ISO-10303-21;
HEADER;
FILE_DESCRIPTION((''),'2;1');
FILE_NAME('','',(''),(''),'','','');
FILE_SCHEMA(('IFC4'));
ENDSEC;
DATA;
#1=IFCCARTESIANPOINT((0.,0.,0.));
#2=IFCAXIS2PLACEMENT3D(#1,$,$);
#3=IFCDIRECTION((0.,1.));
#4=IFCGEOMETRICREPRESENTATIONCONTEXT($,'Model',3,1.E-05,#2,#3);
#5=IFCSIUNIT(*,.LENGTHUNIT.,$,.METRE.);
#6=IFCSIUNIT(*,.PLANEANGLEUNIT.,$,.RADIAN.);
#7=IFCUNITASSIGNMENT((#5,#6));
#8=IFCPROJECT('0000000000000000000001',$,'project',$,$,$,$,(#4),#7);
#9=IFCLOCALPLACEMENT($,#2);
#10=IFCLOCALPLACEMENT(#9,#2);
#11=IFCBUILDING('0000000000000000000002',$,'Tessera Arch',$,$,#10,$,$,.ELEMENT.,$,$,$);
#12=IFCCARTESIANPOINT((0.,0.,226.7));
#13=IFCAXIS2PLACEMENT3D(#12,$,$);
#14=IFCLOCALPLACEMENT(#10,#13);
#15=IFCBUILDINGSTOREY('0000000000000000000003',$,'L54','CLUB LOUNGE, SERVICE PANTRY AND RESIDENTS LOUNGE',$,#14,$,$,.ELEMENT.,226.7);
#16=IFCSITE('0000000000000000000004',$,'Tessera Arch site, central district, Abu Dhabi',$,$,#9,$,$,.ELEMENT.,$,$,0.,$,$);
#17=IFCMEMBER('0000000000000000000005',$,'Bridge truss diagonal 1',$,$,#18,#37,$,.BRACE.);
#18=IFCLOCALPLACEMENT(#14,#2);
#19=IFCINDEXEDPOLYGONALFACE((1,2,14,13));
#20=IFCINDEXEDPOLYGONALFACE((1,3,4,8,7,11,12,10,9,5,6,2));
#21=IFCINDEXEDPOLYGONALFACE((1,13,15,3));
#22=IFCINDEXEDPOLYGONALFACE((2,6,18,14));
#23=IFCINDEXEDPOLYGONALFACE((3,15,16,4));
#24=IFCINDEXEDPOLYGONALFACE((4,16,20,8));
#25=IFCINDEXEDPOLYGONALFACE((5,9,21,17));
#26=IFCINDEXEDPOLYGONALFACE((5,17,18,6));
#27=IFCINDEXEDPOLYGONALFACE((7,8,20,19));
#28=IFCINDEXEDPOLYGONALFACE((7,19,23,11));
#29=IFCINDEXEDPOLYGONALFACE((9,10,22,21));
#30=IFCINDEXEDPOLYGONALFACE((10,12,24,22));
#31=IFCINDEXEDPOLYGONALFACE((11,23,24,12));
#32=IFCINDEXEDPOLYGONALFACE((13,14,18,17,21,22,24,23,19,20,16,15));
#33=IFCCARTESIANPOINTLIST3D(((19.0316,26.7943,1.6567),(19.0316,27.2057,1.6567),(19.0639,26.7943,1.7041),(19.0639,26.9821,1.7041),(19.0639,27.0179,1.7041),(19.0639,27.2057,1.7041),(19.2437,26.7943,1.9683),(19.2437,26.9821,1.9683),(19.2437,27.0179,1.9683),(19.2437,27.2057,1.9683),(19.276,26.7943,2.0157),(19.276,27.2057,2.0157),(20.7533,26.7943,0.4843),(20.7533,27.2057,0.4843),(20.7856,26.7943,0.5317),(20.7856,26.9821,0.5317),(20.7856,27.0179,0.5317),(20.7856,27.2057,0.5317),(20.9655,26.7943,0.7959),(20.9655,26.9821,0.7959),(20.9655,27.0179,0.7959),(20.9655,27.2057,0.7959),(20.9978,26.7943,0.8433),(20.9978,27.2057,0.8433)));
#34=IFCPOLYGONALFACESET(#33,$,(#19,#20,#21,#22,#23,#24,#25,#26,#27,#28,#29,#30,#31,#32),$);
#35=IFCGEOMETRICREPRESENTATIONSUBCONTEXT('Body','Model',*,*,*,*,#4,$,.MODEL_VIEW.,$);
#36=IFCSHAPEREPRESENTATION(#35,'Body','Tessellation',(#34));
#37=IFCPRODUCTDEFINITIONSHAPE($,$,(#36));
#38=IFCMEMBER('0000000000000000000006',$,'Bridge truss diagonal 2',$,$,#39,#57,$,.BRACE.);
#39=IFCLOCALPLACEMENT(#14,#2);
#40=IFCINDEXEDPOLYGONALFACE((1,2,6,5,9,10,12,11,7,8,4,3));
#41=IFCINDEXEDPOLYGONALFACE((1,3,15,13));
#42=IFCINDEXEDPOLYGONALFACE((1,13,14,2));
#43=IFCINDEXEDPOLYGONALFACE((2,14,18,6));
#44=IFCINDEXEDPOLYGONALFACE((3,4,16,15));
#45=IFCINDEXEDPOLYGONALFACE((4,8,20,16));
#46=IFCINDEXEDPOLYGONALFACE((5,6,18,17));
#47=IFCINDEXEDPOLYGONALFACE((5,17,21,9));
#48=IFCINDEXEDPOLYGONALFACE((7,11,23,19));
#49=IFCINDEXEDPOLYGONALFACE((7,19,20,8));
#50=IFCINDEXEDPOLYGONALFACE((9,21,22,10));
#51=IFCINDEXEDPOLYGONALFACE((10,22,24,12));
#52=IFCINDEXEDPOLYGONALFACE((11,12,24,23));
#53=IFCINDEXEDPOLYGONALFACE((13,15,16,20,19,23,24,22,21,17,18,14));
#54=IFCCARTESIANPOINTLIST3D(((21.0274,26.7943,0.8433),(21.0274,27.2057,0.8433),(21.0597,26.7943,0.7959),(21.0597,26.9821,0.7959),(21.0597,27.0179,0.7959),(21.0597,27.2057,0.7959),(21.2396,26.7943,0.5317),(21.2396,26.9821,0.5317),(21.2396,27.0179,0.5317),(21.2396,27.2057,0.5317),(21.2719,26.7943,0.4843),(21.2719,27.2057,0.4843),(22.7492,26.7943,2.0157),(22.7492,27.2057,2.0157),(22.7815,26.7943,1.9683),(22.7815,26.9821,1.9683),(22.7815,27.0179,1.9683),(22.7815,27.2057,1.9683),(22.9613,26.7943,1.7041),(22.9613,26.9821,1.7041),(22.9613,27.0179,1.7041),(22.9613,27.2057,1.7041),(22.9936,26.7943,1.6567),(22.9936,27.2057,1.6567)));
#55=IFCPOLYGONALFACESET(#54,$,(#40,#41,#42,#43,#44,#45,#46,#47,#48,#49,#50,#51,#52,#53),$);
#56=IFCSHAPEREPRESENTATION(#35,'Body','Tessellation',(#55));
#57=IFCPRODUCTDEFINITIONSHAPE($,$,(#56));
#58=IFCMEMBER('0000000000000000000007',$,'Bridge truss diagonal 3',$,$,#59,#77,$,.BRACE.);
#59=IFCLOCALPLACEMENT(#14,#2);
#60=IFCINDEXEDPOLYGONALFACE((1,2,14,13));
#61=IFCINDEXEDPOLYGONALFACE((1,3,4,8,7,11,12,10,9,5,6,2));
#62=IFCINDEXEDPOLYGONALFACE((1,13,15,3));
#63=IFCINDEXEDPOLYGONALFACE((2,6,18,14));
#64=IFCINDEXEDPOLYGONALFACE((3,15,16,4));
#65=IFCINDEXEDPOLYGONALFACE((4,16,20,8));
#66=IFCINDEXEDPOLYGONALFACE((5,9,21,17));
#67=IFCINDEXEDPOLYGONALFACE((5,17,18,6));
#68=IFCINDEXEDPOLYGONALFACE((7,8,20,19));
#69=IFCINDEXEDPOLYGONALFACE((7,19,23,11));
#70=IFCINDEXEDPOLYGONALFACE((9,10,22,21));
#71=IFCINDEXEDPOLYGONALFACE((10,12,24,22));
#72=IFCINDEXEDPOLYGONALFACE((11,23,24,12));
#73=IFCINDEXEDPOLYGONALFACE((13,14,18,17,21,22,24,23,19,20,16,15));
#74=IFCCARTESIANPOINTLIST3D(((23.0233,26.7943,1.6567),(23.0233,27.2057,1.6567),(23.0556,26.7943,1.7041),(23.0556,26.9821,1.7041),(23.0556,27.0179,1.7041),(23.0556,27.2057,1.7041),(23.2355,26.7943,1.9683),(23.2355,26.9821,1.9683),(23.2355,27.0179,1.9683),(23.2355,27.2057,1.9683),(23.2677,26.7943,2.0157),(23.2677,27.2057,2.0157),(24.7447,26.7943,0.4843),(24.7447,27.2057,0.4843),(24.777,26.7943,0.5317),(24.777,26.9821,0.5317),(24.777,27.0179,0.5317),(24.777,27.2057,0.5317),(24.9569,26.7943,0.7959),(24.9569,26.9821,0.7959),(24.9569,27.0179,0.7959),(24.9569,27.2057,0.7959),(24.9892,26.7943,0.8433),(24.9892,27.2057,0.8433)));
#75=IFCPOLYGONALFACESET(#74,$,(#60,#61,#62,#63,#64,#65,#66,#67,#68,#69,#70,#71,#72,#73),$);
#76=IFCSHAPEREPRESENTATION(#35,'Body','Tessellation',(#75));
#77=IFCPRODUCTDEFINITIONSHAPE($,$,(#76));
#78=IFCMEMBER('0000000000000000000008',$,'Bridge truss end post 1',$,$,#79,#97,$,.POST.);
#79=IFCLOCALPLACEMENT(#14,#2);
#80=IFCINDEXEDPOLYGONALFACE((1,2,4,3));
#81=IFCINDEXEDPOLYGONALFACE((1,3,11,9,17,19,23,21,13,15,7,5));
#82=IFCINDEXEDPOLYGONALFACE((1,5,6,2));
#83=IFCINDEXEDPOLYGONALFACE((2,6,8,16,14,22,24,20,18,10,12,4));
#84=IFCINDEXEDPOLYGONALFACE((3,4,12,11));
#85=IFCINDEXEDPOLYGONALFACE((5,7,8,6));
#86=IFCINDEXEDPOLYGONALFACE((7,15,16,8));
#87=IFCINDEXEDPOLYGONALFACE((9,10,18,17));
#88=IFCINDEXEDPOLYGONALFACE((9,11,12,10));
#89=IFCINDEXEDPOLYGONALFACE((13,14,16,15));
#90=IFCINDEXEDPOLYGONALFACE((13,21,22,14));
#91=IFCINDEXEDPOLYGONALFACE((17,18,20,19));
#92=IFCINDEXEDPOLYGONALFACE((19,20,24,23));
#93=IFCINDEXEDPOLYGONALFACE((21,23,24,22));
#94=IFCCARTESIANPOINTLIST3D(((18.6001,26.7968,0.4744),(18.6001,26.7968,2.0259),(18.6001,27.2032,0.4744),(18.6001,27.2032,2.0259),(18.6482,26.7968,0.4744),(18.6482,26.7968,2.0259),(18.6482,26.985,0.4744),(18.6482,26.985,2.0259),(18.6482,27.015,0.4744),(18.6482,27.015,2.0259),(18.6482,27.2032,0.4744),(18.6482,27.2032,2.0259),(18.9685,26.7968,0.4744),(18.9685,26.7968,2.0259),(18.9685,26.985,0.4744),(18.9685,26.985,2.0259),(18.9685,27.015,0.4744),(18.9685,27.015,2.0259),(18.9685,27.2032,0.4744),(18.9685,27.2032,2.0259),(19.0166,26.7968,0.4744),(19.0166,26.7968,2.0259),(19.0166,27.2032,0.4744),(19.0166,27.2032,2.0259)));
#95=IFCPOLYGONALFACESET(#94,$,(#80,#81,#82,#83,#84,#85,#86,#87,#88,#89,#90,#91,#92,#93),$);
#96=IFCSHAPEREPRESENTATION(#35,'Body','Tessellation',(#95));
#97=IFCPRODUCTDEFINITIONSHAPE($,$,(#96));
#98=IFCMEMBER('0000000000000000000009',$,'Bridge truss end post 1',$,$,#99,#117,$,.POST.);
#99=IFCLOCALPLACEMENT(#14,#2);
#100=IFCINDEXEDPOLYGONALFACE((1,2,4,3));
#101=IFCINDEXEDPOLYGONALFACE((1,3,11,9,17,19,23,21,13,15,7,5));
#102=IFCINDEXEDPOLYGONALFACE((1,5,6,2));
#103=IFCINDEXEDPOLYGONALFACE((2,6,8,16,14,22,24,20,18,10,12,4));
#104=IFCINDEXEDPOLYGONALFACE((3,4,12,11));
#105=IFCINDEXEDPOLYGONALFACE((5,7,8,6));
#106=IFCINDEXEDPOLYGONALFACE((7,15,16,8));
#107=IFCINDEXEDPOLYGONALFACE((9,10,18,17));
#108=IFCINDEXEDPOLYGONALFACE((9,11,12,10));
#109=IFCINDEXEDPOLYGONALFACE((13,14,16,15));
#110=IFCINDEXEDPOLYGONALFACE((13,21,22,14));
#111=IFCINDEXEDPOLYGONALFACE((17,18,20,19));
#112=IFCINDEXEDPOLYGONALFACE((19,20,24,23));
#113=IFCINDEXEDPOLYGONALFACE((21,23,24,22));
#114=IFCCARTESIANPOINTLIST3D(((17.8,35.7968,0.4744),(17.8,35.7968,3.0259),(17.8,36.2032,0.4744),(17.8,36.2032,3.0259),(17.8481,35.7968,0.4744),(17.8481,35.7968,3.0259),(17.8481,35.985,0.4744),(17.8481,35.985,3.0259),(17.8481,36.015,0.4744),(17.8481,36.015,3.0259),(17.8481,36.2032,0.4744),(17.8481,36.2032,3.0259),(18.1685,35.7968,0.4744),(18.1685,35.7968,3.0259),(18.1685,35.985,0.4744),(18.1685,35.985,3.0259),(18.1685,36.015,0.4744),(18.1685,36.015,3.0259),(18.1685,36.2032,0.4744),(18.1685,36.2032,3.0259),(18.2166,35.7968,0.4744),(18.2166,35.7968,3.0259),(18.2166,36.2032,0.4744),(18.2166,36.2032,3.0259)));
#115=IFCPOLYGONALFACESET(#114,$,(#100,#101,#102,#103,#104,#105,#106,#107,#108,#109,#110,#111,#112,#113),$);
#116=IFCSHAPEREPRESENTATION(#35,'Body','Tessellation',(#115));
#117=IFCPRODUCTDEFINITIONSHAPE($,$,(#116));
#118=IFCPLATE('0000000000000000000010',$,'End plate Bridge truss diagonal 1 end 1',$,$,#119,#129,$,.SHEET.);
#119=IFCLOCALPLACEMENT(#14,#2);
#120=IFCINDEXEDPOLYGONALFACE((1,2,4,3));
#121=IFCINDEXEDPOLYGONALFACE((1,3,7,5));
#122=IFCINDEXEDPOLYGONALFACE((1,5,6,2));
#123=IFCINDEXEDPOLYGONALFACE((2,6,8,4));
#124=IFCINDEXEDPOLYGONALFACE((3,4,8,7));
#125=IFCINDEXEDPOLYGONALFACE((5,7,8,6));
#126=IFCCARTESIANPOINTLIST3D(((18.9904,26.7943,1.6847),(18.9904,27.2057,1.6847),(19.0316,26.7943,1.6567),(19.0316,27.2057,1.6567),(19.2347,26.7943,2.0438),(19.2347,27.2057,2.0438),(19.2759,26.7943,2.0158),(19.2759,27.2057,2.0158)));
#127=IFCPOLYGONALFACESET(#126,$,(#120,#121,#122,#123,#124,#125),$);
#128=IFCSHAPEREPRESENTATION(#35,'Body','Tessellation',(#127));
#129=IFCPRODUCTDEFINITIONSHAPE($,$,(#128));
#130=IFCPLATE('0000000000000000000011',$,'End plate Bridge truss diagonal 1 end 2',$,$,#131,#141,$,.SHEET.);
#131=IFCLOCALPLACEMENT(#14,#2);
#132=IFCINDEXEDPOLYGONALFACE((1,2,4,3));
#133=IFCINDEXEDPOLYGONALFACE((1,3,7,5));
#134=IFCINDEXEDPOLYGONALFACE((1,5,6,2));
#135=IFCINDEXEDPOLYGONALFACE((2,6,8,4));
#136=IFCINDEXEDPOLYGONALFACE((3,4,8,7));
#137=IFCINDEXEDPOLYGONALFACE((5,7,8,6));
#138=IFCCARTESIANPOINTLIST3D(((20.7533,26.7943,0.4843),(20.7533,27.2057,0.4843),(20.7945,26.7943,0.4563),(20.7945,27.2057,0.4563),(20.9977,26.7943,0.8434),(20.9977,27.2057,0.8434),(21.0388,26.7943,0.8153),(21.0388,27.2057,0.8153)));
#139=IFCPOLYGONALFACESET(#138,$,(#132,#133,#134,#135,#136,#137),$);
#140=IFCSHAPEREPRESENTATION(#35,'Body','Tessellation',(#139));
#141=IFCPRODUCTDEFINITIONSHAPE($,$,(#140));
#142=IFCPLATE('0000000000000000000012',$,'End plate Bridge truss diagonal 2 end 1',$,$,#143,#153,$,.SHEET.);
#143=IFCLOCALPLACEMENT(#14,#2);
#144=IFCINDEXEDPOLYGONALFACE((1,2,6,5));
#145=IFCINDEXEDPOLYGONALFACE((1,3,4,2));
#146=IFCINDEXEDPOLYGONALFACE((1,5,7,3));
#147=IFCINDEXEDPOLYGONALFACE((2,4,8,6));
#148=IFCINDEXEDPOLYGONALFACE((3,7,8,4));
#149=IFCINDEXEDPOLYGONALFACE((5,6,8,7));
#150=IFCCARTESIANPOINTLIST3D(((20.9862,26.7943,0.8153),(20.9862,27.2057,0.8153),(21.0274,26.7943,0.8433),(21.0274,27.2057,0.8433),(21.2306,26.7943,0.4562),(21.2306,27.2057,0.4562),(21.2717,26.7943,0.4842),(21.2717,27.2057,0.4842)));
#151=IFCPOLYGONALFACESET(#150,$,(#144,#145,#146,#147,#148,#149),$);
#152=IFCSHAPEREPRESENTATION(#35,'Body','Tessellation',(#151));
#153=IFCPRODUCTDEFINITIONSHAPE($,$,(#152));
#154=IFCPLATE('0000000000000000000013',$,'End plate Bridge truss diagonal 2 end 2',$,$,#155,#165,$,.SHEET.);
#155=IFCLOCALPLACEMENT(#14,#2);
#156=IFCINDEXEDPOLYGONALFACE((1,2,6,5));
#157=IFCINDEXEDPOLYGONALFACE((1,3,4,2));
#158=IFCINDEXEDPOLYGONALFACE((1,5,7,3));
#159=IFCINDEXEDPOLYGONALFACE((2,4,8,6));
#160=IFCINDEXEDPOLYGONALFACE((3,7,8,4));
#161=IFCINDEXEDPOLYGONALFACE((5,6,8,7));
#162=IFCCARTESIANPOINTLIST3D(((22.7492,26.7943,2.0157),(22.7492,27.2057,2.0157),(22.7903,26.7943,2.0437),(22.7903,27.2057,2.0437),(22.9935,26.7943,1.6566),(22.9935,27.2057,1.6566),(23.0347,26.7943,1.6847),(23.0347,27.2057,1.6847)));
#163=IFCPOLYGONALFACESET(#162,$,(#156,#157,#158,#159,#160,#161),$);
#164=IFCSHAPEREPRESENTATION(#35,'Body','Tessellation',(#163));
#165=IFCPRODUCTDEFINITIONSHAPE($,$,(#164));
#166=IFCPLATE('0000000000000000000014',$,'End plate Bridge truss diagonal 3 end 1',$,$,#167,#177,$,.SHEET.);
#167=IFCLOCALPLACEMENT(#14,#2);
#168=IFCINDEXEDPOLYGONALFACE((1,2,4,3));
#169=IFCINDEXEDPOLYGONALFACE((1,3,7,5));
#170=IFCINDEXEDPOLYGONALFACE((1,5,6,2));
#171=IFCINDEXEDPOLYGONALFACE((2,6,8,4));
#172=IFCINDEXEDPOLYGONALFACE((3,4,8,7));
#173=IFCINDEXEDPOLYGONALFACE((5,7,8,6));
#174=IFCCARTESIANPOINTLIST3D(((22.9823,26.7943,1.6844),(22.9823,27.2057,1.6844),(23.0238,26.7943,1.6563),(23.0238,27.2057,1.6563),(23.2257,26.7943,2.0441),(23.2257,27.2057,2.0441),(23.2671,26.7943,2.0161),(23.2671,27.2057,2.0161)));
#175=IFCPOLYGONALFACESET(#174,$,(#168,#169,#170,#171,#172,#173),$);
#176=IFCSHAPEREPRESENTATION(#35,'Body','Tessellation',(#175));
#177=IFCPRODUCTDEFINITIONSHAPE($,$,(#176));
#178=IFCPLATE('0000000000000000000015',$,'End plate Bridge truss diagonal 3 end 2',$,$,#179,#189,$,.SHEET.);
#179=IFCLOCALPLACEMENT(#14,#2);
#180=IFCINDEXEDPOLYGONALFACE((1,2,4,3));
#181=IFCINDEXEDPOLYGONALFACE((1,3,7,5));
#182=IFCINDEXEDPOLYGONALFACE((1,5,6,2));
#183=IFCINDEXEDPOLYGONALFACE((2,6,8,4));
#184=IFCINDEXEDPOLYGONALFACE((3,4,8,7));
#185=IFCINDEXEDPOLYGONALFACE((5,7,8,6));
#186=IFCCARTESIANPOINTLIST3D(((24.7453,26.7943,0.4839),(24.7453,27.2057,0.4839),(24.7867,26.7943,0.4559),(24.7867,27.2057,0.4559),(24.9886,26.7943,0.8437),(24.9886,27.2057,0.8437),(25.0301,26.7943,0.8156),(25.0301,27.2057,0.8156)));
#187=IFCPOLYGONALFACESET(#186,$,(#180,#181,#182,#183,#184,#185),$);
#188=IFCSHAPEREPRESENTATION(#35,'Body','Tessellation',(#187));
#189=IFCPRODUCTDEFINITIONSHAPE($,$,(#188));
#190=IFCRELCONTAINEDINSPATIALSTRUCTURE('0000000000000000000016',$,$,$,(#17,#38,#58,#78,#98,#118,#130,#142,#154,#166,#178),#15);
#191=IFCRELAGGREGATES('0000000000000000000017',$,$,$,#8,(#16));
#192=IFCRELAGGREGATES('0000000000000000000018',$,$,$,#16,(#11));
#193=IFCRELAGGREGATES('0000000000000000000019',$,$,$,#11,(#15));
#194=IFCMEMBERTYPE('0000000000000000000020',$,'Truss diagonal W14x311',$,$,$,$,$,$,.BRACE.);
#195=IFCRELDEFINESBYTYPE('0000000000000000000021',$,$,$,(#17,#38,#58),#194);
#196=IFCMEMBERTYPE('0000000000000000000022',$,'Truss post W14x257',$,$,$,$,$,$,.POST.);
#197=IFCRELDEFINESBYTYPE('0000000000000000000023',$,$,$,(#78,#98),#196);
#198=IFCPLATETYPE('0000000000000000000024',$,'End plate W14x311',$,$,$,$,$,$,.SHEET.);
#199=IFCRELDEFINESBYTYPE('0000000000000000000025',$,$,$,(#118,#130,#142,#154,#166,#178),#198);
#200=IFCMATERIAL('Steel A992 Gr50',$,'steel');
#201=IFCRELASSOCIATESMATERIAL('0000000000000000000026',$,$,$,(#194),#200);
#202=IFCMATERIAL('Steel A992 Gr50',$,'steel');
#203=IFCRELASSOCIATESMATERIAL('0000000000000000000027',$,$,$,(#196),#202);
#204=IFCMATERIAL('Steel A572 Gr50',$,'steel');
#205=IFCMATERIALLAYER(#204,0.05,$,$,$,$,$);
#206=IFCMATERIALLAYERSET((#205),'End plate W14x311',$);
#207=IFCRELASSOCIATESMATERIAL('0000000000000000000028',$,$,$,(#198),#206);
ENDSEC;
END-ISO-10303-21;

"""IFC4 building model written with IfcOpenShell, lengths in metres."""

from ifc_helpers import new_model, si_unit, direction, frame, origin, origin_2d, place, context, subcontext, project, spatial, rectangle, i_section, extrude, material, layer, layer_set, material_profile, profile_set, type_object, element, save


model = new_model("IFC4")

# Units and contexts
model_context = context("Model", 3, precision=1e-05, world=origin(), true_north=direction((0.0, 1.0)))
body_context = subcontext(model_context, "Body", "Model", "MODEL_VIEW")
ifc_project = project(units=[si_unit("LENGTHUNIT", "METRE"), si_unit("PLANEANGLEUNIT", "RADIAN")], contexts=[model_context])

# Site, building, storey
site_placement = place(None, origin())
site = spatial("IfcSite", under=ifc_project, at=site_placement, Name="Tessera Arch site, central district, Abu Dhabi", CompositionType="ELEMENT", RefElevation=0.0)
building_placement = place(site_placement, origin())
building = spatial("IfcBuilding", under=site, at=building_placement, Name="Tessera Arch", CompositionType="ELEMENT")
storey_placement = place(building_placement, frame((0.0, 0.0, 226.7)))
storey = spatial("IfcBuildingStorey", under=building, at=storey_placement, Name="L54", Description="CLUB LOUNGE, SERVICE PANTRY AND RESIDENTS LOUNGE", CompositionType="ELEMENT", Elevation=226.7)

# Members
ifc_material_1 = material(Name="Steel A992 Gr50", Category="steel")
ifc_material_profile_1 = material_profile(ifc_material_1, i_section(OverallWidth=0.4114, OverallDepth=0.4343, WebThickness=0.0359, FlangeThickness=0.0574, at=origin_2d()), Name="W14x311")
ifc_profile_set_1 = profile_set([ifc_material_profile_1], Name="Steel A992 Gr50")
member_type_1 = type_object("IfcMemberType", Name="Truss diagonal W14x311", PredefinedType="BRACE", material=ifc_profile_set_1)
for number, where, z_axis, x_axis, name in (
    (1, (19.1538, 27.0, 1.8362), (0.826564, 0.0, -0.562842), (0.0, 1.0, 0.0), "Bridge truss diagonal 1"),
    (2, (21.1497, 27.0, 0.6638), (0.826564, 0.0, 0.562842), (0.0, 1.0, 0.0), "Bridge truss diagonal 2"),
):
    element("IfcMember", number, at=place(storey_placement, frame(where, z_axis=z_axis, x_axis=x_axis)), inside=storey, type_object=member_type_1, Name=name, PredefinedType="BRACE", context=body_context, shape_type="SweptSolid", body=[
        extrude(i_section(OverallWidth=0.4114, OverallDepth=0.4343, WebThickness=0.0359, FlangeThickness=0.0574, at=origin_2d()), origin(), (0.0, 0.0, 1.0), 2.083),
    ])
member_1_placement = place(storey_placement, frame((23.1455, 27.0, 1.8362), z_axis=(0.826527, 0.0, -0.562897), x_axis=(0.0, 1.0, 0.0)))
element("IfcMember", 3, at=member_1_placement, inside=storey, type_object=member_type_1, Name="Bridge truss diagonal 3", PredefinedType="BRACE", context=body_context, shape_type="SweptSolid", body=[
    extrude(i_section(OverallWidth=0.4114, OverallDepth=0.4343, WebThickness=0.0359, FlangeThickness=0.0574, at=origin_2d()), origin(), (0.0, 0.0, 1.0), 2.0828),
])
ifc_material_2 = material(Name="Steel A992 Gr50", Category="steel")
ifc_material_profile_2 = material_profile(ifc_material_2, i_section(OverallWidth=0.4065, OverallDepth=0.4165, WebThickness=0.03, FlangeThickness=0.0481, at=origin_2d()), Name="W14x257")
ifc_profile_set_2 = profile_set([ifc_material_profile_2], Name="Steel A992 Gr50")
member_type_2 = type_object("IfcMemberType", Name="Truss post W14x257", PredefinedType="POST", material=ifc_profile_set_2)
member_2_placement = place(storey_placement, frame((18.8083, 27.0, 0.4744), z_axis=(0.0, 0.0, 1.0), x_axis=(0.0, 1.0, 0.0)))
element("IfcMember", 4, at=member_2_placement, inside=storey, type_object=member_type_2, Name="Bridge truss end post 1", PredefinedType="POST", context=body_context, shape_type="SweptSolid", body=[
    extrude(i_section(OverallWidth=0.4065, OverallDepth=0.4165, WebThickness=0.03, FlangeThickness=0.0481, at=origin_2d()), origin(), (0.0, 0.0, 1.0), 1.5515),
])
member_3_placement = place(storey_placement, frame((18.0083, 36.0, 0.4744), z_axis=(0.0, 0.0, 1.0), x_axis=(0.0, 1.0, 0.0)))
element("IfcMember", 5, at=member_3_placement, inside=storey, type_object=member_type_2, Name="Bridge truss end post 1", PredefinedType="POST", context=body_context, shape_type="SweptSolid", body=[
    extrude(i_section(OverallWidth=0.4065, OverallDepth=0.4165, WebThickness=0.03, FlangeThickness=0.0481, at=origin_2d()), origin(), (0.0, 0.0, 1.0), 2.5515),
])

# Plates
ifc_material_3 = material(Name="Steel A572 Gr50", Category="steel")
ifc_layer_1 = layer(ifc_material_3, 0.05)
ifc_layer_set_1 = layer_set([ifc_layer_1], Name="End plate W14x311")
plate_type = type_object("IfcPlateType", Name="End plate W14x311", PredefinedType="SHEET", material=ifc_layer_set_1)
for number, where, z_axis, x_axis, name in (
    (6, (19.1125, 27.0, 1.8643), (0.826744, 0.0, -0.562578), (0.0, 1.0, 0.0), "End plate Bridge truss diagonal 1 end 1"),
    (7, (20.8755, 27.0, 0.6638), (0.826744, 0.0, -0.562578), (0.0, 1.0, 0.0), "End plate Bridge truss diagonal 1 end 2"),
    (8, (21.1084, 27.0, 0.6357), (0.826744, 0.0, 0.562578), (0.0, 1.0, 0.0), "End plate Bridge truss diagonal 2 end 1"),
    (9, (22.8713, 27.0, 1.8362), (0.826744, 0.0, 0.562578), (0.0, 1.0, 0.0), "End plate Bridge truss diagonal 2 end 2"),
):
    element("IfcPlate", number, at=place(storey_placement, frame(where, z_axis=z_axis, x_axis=x_axis)), inside=storey, type_object=plate_type, Name=name, PredefinedType="SHEET", context=body_context, shape_type="SweptSolid", body=[
        extrude(rectangle(XDim=0.4114, YDim=0.4343, at=origin_2d()), origin(), (0.0, 0.0, 1.0), 0.0498),
    ])
for number, where, z_axis, x_axis, name in (
    (10, (23.104, 27.0, 1.8643), (0.828283, 0.0, -0.560309), (0.0, 1.0, 0.0), "End plate Bridge truss diagonal 3 end 1"),
    (11, (24.8669, 27.0, 0.6638), (0.828283, 0.0, -0.560309), (0.0, 1.0, 0.0), "End plate Bridge truss diagonal 3 end 2"),
):
    element("IfcPlate", number, at=place(storey_placement, frame(where, z_axis=z_axis, x_axis=x_axis)), inside=storey, type_object=plate_type, Name=name, PredefinedType="SHEET", context=body_context, shape_type="SweptSolid", body=[
        extrude(rectangle(XDim=0.4114, YDim=0.4343, at=origin_2d()), origin(), (0.0, 0.0, 1.0), 0.05),
    ])

save(model, "model.ifc")
